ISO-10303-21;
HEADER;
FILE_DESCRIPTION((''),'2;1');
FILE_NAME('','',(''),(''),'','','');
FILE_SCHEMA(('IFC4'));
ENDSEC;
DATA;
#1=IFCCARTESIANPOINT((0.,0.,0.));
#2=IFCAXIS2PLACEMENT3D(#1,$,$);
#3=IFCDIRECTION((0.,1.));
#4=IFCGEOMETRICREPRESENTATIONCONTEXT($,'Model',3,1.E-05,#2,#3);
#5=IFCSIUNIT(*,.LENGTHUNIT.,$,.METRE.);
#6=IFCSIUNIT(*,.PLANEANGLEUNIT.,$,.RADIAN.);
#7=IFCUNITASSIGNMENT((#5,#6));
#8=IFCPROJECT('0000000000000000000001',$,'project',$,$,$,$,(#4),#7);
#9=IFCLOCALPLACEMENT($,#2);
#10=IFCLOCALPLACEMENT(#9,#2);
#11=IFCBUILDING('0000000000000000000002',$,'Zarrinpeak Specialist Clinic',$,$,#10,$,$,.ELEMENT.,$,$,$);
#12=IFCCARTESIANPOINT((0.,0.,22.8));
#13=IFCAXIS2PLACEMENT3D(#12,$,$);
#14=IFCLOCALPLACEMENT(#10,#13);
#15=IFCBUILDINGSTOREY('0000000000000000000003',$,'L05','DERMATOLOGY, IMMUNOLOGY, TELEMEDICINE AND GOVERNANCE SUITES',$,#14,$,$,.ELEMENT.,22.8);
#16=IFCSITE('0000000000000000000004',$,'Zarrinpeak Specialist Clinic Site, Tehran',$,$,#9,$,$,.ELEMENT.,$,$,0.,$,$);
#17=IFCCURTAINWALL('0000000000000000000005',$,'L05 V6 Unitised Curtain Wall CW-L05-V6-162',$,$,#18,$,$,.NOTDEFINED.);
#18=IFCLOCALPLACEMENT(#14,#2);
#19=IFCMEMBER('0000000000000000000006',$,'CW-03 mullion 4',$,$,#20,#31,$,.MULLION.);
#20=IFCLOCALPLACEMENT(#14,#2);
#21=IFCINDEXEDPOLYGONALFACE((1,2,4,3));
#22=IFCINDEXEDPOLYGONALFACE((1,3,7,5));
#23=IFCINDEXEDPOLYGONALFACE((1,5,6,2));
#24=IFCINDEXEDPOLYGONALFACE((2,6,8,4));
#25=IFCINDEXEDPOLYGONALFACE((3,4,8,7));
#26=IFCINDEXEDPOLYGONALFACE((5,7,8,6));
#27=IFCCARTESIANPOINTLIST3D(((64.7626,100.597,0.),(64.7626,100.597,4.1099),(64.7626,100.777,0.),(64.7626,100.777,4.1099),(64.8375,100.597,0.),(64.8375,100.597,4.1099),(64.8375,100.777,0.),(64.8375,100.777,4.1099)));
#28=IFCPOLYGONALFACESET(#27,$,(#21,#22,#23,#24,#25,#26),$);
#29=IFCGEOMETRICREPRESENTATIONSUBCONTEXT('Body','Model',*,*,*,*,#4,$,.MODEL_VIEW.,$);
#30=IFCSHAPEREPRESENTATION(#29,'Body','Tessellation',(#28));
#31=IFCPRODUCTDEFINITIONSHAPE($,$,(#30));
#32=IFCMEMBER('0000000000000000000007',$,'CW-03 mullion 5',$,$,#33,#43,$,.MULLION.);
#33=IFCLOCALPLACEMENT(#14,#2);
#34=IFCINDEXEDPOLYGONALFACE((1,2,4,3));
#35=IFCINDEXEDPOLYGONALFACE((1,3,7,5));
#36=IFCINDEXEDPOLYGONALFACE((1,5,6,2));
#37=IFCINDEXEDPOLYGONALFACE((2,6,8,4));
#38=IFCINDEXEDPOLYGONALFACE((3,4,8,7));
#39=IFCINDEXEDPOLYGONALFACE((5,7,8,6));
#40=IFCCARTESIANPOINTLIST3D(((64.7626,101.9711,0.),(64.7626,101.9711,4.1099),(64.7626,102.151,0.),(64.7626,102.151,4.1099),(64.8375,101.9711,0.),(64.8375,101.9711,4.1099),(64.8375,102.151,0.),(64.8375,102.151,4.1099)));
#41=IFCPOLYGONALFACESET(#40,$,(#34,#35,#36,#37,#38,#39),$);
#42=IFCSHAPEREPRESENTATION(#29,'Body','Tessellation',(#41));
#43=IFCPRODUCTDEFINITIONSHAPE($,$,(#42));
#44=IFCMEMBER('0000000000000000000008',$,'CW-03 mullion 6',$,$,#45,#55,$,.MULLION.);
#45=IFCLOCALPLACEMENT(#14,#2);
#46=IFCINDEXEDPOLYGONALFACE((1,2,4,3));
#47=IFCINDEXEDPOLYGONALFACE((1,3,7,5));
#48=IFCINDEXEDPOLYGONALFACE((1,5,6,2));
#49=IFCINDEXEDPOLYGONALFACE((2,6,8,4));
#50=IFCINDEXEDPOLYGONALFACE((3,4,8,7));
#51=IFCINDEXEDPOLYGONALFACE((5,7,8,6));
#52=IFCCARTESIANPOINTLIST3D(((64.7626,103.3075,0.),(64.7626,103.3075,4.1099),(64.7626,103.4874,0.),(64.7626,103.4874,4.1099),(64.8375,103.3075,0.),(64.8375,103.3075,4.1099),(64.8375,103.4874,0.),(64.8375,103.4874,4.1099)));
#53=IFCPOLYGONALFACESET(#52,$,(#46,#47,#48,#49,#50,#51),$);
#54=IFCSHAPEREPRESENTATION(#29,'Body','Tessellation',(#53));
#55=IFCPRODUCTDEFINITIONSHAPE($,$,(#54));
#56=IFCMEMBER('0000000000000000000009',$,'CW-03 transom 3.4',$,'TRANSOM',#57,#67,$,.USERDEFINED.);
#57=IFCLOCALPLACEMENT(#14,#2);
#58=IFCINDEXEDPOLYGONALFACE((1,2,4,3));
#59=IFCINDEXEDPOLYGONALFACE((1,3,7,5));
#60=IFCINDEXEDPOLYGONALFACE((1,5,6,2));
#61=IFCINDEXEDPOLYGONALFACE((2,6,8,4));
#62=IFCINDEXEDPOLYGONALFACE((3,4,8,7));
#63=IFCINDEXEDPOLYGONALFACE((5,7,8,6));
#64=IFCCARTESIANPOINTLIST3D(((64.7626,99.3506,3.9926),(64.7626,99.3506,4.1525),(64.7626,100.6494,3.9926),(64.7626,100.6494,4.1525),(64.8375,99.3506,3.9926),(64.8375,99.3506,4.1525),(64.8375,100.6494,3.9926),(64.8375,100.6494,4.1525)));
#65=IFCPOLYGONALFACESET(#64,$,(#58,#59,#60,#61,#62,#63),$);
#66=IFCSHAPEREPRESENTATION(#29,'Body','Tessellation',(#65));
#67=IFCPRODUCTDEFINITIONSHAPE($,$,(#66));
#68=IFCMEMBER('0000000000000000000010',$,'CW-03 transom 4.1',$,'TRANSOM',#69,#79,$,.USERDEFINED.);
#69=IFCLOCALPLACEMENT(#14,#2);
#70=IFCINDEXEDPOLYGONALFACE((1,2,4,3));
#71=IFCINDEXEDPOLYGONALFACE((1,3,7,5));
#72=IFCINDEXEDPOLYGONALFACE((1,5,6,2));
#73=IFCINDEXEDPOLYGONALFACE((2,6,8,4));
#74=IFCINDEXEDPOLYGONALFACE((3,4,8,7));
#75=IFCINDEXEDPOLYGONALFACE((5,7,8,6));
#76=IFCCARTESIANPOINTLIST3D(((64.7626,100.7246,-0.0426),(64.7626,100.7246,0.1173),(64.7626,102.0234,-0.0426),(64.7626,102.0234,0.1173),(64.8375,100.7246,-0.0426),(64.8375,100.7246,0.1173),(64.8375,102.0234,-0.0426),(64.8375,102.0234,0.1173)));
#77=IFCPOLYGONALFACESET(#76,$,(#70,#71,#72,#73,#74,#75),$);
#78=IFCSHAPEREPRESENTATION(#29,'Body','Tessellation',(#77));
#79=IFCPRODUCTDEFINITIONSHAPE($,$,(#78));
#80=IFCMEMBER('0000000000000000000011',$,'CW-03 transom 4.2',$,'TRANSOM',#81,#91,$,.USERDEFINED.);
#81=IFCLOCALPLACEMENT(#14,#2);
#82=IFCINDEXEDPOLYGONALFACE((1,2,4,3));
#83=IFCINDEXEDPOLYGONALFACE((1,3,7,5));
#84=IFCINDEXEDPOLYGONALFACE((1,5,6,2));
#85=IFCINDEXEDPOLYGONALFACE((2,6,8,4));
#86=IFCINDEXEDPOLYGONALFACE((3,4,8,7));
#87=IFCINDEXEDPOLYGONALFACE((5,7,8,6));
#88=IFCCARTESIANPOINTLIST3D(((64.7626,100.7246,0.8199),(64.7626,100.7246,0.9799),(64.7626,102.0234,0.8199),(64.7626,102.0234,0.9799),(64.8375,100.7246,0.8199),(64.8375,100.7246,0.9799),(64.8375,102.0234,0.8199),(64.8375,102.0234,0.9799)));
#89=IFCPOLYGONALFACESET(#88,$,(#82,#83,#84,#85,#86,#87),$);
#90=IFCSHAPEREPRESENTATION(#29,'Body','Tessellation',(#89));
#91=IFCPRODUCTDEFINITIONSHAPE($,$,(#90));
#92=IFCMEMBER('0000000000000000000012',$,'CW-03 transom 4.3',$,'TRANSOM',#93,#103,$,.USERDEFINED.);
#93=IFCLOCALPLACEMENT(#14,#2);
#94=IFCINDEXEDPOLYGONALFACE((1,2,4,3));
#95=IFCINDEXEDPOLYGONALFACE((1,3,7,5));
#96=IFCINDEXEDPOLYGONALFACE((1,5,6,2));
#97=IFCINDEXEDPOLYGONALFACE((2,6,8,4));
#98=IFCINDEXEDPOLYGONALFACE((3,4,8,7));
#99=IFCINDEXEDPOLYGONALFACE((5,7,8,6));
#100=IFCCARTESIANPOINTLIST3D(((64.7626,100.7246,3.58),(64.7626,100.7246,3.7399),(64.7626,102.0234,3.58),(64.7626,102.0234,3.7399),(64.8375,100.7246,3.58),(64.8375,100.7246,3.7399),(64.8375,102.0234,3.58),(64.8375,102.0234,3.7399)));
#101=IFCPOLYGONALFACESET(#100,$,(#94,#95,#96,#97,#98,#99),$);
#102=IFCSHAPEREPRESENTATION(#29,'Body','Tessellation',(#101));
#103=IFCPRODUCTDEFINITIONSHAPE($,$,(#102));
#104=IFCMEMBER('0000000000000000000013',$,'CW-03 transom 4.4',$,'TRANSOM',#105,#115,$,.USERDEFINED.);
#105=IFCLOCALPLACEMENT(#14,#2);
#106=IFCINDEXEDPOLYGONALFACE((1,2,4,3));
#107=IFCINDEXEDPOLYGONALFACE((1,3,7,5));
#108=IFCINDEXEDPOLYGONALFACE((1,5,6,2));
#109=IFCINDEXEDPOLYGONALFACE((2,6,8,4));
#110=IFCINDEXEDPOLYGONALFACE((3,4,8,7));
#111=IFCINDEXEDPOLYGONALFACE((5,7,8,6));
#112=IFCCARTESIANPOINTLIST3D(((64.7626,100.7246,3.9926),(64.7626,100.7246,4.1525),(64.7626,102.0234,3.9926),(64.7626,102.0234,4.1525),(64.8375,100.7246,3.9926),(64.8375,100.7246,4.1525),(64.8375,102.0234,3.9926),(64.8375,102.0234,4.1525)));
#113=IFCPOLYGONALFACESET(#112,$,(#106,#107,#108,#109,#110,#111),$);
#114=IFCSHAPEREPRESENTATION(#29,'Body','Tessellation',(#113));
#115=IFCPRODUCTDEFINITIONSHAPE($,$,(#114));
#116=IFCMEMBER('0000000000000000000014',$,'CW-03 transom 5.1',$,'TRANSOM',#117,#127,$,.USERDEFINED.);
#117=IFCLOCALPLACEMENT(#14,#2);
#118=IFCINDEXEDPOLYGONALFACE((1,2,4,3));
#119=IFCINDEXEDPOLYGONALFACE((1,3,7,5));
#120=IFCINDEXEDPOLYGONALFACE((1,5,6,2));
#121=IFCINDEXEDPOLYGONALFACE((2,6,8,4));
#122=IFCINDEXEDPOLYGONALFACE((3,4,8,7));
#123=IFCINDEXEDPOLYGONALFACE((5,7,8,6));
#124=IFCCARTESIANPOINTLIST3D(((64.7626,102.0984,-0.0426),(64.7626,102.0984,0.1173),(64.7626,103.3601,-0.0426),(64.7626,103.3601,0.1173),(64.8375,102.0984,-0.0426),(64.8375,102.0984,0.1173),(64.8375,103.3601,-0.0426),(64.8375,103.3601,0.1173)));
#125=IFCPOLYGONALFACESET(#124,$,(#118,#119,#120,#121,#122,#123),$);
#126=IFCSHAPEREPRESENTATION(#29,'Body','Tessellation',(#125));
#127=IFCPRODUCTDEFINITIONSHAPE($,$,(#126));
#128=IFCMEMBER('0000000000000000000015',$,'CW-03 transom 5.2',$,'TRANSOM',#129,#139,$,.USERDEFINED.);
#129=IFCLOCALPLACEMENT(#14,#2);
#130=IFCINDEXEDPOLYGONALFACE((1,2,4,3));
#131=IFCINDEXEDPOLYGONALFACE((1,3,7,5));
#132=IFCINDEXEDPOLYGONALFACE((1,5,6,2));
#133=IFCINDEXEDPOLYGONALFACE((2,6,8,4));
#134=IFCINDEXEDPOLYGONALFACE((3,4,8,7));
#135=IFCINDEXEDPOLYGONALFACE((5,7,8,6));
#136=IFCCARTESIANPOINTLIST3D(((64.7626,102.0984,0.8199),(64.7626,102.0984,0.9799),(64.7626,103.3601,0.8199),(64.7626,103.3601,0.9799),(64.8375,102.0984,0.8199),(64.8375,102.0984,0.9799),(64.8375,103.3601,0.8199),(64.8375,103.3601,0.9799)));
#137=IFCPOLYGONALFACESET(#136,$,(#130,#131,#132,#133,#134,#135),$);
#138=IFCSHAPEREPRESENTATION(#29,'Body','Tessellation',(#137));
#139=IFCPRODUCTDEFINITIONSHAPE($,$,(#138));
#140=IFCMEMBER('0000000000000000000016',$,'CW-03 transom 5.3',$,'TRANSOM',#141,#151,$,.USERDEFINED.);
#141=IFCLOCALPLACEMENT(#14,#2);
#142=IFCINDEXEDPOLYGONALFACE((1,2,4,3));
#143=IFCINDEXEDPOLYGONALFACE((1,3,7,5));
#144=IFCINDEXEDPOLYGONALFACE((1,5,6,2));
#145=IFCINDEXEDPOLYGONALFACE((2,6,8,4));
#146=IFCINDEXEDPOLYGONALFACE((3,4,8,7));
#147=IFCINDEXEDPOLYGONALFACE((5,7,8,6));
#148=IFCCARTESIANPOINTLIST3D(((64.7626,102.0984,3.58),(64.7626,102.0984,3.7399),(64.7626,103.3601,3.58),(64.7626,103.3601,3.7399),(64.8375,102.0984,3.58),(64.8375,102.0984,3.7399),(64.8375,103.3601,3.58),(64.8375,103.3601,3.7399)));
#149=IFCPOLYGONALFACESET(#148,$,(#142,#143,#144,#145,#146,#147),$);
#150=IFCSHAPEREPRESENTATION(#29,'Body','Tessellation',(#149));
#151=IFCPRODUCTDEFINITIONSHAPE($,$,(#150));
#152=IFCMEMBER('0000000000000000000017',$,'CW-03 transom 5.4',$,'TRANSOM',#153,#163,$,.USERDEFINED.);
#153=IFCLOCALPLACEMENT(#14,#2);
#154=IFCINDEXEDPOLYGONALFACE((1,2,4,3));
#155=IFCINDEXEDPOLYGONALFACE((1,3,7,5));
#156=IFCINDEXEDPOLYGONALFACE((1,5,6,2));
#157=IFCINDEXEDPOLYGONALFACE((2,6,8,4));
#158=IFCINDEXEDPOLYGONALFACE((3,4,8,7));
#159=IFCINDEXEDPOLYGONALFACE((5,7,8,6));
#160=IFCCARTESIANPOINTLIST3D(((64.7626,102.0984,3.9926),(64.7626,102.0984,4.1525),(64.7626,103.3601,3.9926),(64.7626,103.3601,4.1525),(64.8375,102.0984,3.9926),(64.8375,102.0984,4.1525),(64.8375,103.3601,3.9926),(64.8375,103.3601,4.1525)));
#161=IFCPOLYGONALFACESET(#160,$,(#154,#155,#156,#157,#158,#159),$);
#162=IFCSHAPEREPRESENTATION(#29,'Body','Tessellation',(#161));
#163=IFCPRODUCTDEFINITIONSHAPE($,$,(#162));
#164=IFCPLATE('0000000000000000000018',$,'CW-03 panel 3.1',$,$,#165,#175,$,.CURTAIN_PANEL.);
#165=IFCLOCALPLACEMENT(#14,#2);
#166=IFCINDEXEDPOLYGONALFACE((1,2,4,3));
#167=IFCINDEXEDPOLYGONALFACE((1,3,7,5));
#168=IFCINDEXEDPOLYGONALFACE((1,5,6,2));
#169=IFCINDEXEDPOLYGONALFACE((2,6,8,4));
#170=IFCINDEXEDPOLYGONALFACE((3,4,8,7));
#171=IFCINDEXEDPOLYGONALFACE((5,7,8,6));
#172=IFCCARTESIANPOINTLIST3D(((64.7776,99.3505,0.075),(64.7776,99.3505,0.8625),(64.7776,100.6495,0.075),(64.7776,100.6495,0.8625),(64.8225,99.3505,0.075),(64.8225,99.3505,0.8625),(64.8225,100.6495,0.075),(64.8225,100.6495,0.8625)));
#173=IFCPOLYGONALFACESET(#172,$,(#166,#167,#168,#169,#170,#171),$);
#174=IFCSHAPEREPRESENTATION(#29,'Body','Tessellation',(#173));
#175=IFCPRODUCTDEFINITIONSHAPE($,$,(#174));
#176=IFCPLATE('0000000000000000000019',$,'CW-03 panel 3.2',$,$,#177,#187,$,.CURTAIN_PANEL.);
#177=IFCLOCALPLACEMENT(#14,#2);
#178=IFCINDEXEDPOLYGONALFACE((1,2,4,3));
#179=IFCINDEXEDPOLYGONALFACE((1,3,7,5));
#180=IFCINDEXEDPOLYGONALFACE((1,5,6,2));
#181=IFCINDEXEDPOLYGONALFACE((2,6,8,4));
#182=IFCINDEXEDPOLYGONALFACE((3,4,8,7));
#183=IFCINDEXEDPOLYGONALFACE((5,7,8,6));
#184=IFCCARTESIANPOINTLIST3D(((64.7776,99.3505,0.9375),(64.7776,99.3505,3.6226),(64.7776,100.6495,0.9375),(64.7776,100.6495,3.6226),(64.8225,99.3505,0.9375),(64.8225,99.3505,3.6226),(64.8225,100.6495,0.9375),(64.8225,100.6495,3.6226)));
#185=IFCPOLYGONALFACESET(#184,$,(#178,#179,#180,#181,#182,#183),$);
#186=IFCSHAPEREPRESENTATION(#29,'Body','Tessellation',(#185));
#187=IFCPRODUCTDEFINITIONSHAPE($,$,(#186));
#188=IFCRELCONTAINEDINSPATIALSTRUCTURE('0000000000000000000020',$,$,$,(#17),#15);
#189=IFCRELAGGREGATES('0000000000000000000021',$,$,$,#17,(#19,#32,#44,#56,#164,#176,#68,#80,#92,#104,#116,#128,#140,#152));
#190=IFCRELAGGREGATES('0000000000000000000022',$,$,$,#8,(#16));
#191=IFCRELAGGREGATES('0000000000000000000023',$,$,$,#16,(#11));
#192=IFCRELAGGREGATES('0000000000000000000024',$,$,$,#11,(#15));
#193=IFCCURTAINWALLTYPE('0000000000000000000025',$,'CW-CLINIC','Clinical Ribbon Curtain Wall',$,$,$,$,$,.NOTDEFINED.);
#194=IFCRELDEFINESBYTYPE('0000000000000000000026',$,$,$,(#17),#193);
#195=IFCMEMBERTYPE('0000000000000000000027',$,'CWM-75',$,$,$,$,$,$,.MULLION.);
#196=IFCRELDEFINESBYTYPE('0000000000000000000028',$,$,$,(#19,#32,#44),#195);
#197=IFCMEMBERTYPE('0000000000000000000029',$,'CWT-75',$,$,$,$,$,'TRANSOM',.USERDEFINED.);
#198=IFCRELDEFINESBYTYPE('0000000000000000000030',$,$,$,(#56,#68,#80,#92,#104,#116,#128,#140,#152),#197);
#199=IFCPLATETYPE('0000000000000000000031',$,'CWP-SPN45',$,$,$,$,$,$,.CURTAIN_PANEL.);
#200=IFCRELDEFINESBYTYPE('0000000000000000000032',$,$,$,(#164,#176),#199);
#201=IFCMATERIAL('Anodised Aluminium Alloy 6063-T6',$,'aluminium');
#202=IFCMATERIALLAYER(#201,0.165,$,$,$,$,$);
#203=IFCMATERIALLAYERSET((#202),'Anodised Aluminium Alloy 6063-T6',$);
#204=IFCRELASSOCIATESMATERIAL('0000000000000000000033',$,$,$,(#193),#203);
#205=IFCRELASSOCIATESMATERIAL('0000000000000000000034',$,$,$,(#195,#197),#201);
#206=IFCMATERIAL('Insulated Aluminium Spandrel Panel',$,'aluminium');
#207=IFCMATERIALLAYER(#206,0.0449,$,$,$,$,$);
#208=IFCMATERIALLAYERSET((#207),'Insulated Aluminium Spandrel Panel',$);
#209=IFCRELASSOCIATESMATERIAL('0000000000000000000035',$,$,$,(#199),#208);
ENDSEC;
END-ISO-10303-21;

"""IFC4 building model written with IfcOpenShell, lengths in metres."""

from ifc_helpers import new_model, si_unit, direction, frame, origin, origin_2d, place, context, subcontext, project, spatial, rectangle, extrude, material, layer, layer_set, material_profile, profile_set, type_object, element, aggregate, save


model = new_model("IFC4")

# Units and contexts
model_context = context("Model", 3, precision=1e-05, world=origin(), true_north=direction((0.0, 1.0)))
body_context = subcontext(model_context, "Body", "Model", "MODEL_VIEW")
ifc_project = project(units=[si_unit("LENGTHUNIT", "METRE"), si_unit("PLANEANGLEUNIT", "RADIAN")], contexts=[model_context])

# Site, building, storey
site_placement = place(None, origin())
site = spatial("IfcSite", under=ifc_project, at=site_placement, Name="Zarrinpeak Specialist Clinic Site, Tehran", CompositionType="ELEMENT", RefElevation=0.0)
building_placement = place(site_placement, origin())
building = spatial("IfcBuilding", under=site, at=building_placement, Name="Zarrinpeak Specialist Clinic", CompositionType="ELEMENT")
storey_placement = place(building_placement, frame((0.0, 0.0, 22.8)))
storey = spatial("IfcBuildingStorey", under=building, at=storey_placement, Name="L05", Description="DERMATOLOGY, IMMUNOLOGY, TELEMEDICINE AND GOVERNANCE SUITES", CompositionType="ELEMENT", Elevation=22.8)

# Curtain wall, members, plates
ifc_material_1 = material(Name="Anodised Aluminium Alloy 6063-T6", Category="aluminium")
ifc_layer_1 = layer(ifc_material_1, 0.165)
ifc_layer_set_1 = layer_set([ifc_layer_1], Name="Anodised Aluminium Alloy 6063-T6")
curtain_wall_type = type_object("IfcCurtainWallType", Name="CW-CLINIC", Description="Clinical Ribbon Curtain Wall", PredefinedType="NOTDEFINED", material=ifc_layer_set_1)
curtain_wall_placement = place(storey_placement, origin())
curtain_wall = element("IfcCurtainWall", 1, at=curtain_wall_placement, inside=storey, type_object=curtain_wall_type, Name="L05 V6 Unitised Curtain Wall CW-L05-V6-162", PredefinedType="NOTDEFINED")
ifc_material_profile_1 = material_profile(ifc_material_1, rectangle(XDim=0.075, YDim=0.1799, at=origin_2d()), Name="ALU 75x180")
ifc_profile_set_1 = profile_set([ifc_material_profile_1], Name="Anodised Aluminium Alloy 6063-T6")
member_type_1 = type_object("IfcMemberType", Name="CWM-75", PredefinedType="MULLION", material=ifc_profile_set_1)
member_1_placement = place(storey_placement, frame((64.8, 100.687, 0.0), z_axis=(0.0, 0.0, 1.0), x_axis=(-1.0, 0.0, 0.0)))
member_1 = element("IfcMember", 2, at=member_1_placement, type_object=member_type_1, Name="CW-03 mullion 4", PredefinedType="MULLION", context=body_context, shape_type="SweptSolid", body=[
    extrude(rectangle(XDim=0.075, YDim=0.1799, at=origin_2d()), origin(), (0.0, 0.0, 1.0), 4.1099),
])
member_2_placement = place(storey_placement, frame((64.8, 102.061, 0.0), z_axis=(0.0, 0.0, 1.0), x_axis=(-1.0, 0.0, 0.0)))
member_2 = element("IfcMember", 3, at=member_2_placement, type_object=member_type_1, Name="CW-03 mullion 5", PredefinedType="MULLION", context=body_context, shape_type="SweptSolid", body=[
    extrude(rectangle(XDim=0.075, YDim=0.1799, at=origin_2d()), origin(), (0.0, 0.0, 1.0), 4.1099),
])
member_3_placement = place(storey_placement, frame((64.8, 103.3975, 0.0), z_axis=(0.0, 0.0, 1.0), x_axis=(-1.0, 0.0, 0.0)))
member_3 = element("IfcMember", 4, at=member_3_placement, type_object=member_type_1, Name="CW-03 mullion 6", PredefinedType="MULLION", context=body_context, shape_type="SweptSolid", body=[
    extrude(rectangle(XDim=0.075, YDim=0.1799, at=origin_2d()), origin(), (0.0, 0.0, 1.0), 4.1099),
])
ifc_material_profile_2 = material_profile(ifc_material_1, rectangle(XDim=0.075, YDim=0.1599, at=origin_2d()), Name="ALU 75x160")
ifc_profile_set_2 = profile_set([ifc_material_profile_2], Name="Anodised Aluminium Alloy 6063-T6")
member_type_2 = type_object("IfcMemberType", Name="CWT-75", ElementType="TRANSOM", PredefinedType="USERDEFINED", material=ifc_profile_set_2)
member_4_placement = place(storey_placement, frame((64.8, 99.3506, 4.0725), z_axis=(0.0, 1.0, 0.0), x_axis=(-1.0, 0.0, 0.0)))
member_4 = element("IfcMember", 5, at=member_4_placement, type_object=member_type_2, Name="CW-03 transom 3.4", ObjectType="TRANSOM", PredefinedType="USERDEFINED", context=body_context, shape_type="SweptSolid", body=[
    extrude(rectangle(XDim=0.075, YDim=0.1599, at=origin_2d()), origin(), (0.0, 0.0, 1.0), 1.2988),
])
member_5_placement = place(storey_placement, frame((64.8, 100.7246, 0.0374), z_axis=(0.0, 1.0, 0.0), x_axis=(-1.0, 0.0, 0.0)))
member_5 = element("IfcMember", 6, at=member_5_placement, type_object=member_type_2, Name="CW-03 transom 4.1", ObjectType="TRANSOM", PredefinedType="USERDEFINED", context=body_context, shape_type="SweptSolid", body=[
    extrude(rectangle(XDim=0.075, YDim=0.1599, at=origin_2d()), origin(), (0.0, 0.0, 1.0), 1.2988),
])
member_6_placement = place(storey_placement, frame((64.8, 100.7246, 0.8999), z_axis=(0.0, 1.0, 0.0), x_axis=(-1.0, 0.0, 0.0)))
member_6 = element("IfcMember", 7, at=member_6_placement, type_object=member_type_2, Name="CW-03 transom 4.2", ObjectType="TRANSOM", PredefinedType="USERDEFINED", context=body_context, shape_type="SweptSolid", body=[
    extrude(rectangle(XDim=0.075, YDim=0.1599, at=origin_2d()), origin(), (0.0, 0.0, 1.0), 1.2988),
])
member_7_placement = place(storey_placement, frame((64.8, 100.7246, 3.6599), z_axis=(0.0, 1.0, 0.0), x_axis=(-1.0, 0.0, 0.0)))
member_7 = element("IfcMember", 8, at=member_7_placement, type_object=member_type_2, Name="CW-03 transom 4.3", ObjectType="TRANSOM", PredefinedType="USERDEFINED", context=body_context, shape_type="SweptSolid", body=[
    extrude(rectangle(XDim=0.075, YDim=0.1599, at=origin_2d()), origin(), (0.0, 0.0, 1.0), 1.2988),
])
member_8_placement = place(storey_placement, frame((64.8, 100.7246, 4.0725), z_axis=(0.0, 1.0, 0.0), x_axis=(-1.0, 0.0, 0.0)))
member_8 = element("IfcMember", 9, at=member_8_placement, type_object=member_type_2, Name="CW-03 transom 4.4", ObjectType="TRANSOM", PredefinedType="USERDEFINED", context=body_context, shape_type="SweptSolid", body=[
    extrude(rectangle(XDim=0.075, YDim=0.1599, at=origin_2d()), origin(), (0.0, 0.0, 1.0), 1.2988),
])
member_9_placement = place(storey_placement, frame((64.8, 102.0984, 0.0374), z_axis=(0.0, 1.0, 0.0), x_axis=(-1.0, 0.0, 0.0)))
member_9 = element("IfcMember", 10, at=member_9_placement, type_object=member_type_2, Name="CW-03 transom 5.1", ObjectType="TRANSOM", PredefinedType="USERDEFINED", context=body_context, shape_type="SweptSolid", body=[
    extrude(rectangle(XDim=0.075, YDim=0.1599, at=origin_2d()), origin(), (0.0, 0.0, 1.0), 1.2617),
])
member_10_placement = place(storey_placement, frame((64.8, 102.0984, 0.8999), z_axis=(0.0, 1.0, 0.0), x_axis=(-1.0, 0.0, 0.0)))
member_10 = element("IfcMember", 11, at=member_10_placement, type_object=member_type_2, Name="CW-03 transom 5.2", ObjectType="TRANSOM", PredefinedType="USERDEFINED", context=body_context, shape_type="SweptSolid", body=[
    extrude(rectangle(XDim=0.075, YDim=0.1599, at=origin_2d()), origin(), (0.0, 0.0, 1.0), 1.2617),
])
member_11_placement = place(storey_placement, frame((64.8, 102.0984, 3.6599), z_axis=(0.0, 1.0, 0.0), x_axis=(-1.0, 0.0, 0.0)))
member_11 = element("IfcMember", 12, at=member_11_placement, type_object=member_type_2, Name="CW-03 transom 5.3", ObjectType="TRANSOM", PredefinedType="USERDEFINED", context=body_context, shape_type="SweptSolid", body=[
    extrude(rectangle(XDim=0.075, YDim=0.1599, at=origin_2d()), origin(), (0.0, 0.0, 1.0), 1.2617),
])
member_12_placement = place(storey_placement, frame((64.8, 102.0984, 4.0725), z_axis=(0.0, 1.0, 0.0), x_axis=(-1.0, 0.0, 0.0)))
member_12 = element("IfcMember", 13, at=member_12_placement, type_object=member_type_2, Name="CW-03 transom 5.4", ObjectType="TRANSOM", PredefinedType="USERDEFINED", context=body_context, shape_type="SweptSolid", body=[
    extrude(rectangle(XDim=0.075, YDim=0.1599, at=origin_2d()), origin(), (0.0, 0.0, 1.0), 1.2617),
])
ifc_material_2 = material(Name="Insulated Aluminium Spandrel Panel", Category="aluminium")
ifc_layer_2 = layer(ifc_material_2, 0.0449)
ifc_layer_set_2 = layer_set([ifc_layer_2], Name="Insulated Aluminium Spandrel Panel")
plate_type = type_object("IfcPlateType", Name="CWP-SPN45", PredefinedType="CURTAIN_PANEL", material=ifc_layer_set_2)
plate_1_placement = place(storey_placement, frame((64.8, 100.0, 0.075), z_axis=(0.0, 0.0, 1.0), x_axis=(0.0, 1.0, 0.0)))
plate_1 = element("IfcPlate", 14, at=plate_1_placement, type_object=plate_type, Name="CW-03 panel 3.1", PredefinedType="CURTAIN_PANEL", context=body_context, shape_type="SweptSolid", body=[
    extrude(rectangle(XDim=1.2991, YDim=0.0449, at=origin_2d()), origin(), (0.0, 0.0, 1.0), 0.7876),
])
plate_2_placement = place(storey_placement, frame((64.8, 100.0, 0.9375), z_axis=(0.0, 0.0, 1.0), x_axis=(0.0, 1.0, 0.0)))
plate_2 = element("IfcPlate", 15, at=plate_2_placement, type_object=plate_type, Name="CW-03 panel 3.2", PredefinedType="CURTAIN_PANEL", context=body_context, shape_type="SweptSolid", body=[
    extrude(rectangle(XDim=1.2991, YDim=0.0449, at=origin_2d()), origin(), (0.0, 0.0, 1.0), 2.6851),
])
aggregate(curtain_wall, [member_1, member_2, member_3, member_4, plate_1, plate_2, member_5, member_6, member_7, member_8, member_9, member_10, member_11, member_12])

save(model, "model.ifc")
